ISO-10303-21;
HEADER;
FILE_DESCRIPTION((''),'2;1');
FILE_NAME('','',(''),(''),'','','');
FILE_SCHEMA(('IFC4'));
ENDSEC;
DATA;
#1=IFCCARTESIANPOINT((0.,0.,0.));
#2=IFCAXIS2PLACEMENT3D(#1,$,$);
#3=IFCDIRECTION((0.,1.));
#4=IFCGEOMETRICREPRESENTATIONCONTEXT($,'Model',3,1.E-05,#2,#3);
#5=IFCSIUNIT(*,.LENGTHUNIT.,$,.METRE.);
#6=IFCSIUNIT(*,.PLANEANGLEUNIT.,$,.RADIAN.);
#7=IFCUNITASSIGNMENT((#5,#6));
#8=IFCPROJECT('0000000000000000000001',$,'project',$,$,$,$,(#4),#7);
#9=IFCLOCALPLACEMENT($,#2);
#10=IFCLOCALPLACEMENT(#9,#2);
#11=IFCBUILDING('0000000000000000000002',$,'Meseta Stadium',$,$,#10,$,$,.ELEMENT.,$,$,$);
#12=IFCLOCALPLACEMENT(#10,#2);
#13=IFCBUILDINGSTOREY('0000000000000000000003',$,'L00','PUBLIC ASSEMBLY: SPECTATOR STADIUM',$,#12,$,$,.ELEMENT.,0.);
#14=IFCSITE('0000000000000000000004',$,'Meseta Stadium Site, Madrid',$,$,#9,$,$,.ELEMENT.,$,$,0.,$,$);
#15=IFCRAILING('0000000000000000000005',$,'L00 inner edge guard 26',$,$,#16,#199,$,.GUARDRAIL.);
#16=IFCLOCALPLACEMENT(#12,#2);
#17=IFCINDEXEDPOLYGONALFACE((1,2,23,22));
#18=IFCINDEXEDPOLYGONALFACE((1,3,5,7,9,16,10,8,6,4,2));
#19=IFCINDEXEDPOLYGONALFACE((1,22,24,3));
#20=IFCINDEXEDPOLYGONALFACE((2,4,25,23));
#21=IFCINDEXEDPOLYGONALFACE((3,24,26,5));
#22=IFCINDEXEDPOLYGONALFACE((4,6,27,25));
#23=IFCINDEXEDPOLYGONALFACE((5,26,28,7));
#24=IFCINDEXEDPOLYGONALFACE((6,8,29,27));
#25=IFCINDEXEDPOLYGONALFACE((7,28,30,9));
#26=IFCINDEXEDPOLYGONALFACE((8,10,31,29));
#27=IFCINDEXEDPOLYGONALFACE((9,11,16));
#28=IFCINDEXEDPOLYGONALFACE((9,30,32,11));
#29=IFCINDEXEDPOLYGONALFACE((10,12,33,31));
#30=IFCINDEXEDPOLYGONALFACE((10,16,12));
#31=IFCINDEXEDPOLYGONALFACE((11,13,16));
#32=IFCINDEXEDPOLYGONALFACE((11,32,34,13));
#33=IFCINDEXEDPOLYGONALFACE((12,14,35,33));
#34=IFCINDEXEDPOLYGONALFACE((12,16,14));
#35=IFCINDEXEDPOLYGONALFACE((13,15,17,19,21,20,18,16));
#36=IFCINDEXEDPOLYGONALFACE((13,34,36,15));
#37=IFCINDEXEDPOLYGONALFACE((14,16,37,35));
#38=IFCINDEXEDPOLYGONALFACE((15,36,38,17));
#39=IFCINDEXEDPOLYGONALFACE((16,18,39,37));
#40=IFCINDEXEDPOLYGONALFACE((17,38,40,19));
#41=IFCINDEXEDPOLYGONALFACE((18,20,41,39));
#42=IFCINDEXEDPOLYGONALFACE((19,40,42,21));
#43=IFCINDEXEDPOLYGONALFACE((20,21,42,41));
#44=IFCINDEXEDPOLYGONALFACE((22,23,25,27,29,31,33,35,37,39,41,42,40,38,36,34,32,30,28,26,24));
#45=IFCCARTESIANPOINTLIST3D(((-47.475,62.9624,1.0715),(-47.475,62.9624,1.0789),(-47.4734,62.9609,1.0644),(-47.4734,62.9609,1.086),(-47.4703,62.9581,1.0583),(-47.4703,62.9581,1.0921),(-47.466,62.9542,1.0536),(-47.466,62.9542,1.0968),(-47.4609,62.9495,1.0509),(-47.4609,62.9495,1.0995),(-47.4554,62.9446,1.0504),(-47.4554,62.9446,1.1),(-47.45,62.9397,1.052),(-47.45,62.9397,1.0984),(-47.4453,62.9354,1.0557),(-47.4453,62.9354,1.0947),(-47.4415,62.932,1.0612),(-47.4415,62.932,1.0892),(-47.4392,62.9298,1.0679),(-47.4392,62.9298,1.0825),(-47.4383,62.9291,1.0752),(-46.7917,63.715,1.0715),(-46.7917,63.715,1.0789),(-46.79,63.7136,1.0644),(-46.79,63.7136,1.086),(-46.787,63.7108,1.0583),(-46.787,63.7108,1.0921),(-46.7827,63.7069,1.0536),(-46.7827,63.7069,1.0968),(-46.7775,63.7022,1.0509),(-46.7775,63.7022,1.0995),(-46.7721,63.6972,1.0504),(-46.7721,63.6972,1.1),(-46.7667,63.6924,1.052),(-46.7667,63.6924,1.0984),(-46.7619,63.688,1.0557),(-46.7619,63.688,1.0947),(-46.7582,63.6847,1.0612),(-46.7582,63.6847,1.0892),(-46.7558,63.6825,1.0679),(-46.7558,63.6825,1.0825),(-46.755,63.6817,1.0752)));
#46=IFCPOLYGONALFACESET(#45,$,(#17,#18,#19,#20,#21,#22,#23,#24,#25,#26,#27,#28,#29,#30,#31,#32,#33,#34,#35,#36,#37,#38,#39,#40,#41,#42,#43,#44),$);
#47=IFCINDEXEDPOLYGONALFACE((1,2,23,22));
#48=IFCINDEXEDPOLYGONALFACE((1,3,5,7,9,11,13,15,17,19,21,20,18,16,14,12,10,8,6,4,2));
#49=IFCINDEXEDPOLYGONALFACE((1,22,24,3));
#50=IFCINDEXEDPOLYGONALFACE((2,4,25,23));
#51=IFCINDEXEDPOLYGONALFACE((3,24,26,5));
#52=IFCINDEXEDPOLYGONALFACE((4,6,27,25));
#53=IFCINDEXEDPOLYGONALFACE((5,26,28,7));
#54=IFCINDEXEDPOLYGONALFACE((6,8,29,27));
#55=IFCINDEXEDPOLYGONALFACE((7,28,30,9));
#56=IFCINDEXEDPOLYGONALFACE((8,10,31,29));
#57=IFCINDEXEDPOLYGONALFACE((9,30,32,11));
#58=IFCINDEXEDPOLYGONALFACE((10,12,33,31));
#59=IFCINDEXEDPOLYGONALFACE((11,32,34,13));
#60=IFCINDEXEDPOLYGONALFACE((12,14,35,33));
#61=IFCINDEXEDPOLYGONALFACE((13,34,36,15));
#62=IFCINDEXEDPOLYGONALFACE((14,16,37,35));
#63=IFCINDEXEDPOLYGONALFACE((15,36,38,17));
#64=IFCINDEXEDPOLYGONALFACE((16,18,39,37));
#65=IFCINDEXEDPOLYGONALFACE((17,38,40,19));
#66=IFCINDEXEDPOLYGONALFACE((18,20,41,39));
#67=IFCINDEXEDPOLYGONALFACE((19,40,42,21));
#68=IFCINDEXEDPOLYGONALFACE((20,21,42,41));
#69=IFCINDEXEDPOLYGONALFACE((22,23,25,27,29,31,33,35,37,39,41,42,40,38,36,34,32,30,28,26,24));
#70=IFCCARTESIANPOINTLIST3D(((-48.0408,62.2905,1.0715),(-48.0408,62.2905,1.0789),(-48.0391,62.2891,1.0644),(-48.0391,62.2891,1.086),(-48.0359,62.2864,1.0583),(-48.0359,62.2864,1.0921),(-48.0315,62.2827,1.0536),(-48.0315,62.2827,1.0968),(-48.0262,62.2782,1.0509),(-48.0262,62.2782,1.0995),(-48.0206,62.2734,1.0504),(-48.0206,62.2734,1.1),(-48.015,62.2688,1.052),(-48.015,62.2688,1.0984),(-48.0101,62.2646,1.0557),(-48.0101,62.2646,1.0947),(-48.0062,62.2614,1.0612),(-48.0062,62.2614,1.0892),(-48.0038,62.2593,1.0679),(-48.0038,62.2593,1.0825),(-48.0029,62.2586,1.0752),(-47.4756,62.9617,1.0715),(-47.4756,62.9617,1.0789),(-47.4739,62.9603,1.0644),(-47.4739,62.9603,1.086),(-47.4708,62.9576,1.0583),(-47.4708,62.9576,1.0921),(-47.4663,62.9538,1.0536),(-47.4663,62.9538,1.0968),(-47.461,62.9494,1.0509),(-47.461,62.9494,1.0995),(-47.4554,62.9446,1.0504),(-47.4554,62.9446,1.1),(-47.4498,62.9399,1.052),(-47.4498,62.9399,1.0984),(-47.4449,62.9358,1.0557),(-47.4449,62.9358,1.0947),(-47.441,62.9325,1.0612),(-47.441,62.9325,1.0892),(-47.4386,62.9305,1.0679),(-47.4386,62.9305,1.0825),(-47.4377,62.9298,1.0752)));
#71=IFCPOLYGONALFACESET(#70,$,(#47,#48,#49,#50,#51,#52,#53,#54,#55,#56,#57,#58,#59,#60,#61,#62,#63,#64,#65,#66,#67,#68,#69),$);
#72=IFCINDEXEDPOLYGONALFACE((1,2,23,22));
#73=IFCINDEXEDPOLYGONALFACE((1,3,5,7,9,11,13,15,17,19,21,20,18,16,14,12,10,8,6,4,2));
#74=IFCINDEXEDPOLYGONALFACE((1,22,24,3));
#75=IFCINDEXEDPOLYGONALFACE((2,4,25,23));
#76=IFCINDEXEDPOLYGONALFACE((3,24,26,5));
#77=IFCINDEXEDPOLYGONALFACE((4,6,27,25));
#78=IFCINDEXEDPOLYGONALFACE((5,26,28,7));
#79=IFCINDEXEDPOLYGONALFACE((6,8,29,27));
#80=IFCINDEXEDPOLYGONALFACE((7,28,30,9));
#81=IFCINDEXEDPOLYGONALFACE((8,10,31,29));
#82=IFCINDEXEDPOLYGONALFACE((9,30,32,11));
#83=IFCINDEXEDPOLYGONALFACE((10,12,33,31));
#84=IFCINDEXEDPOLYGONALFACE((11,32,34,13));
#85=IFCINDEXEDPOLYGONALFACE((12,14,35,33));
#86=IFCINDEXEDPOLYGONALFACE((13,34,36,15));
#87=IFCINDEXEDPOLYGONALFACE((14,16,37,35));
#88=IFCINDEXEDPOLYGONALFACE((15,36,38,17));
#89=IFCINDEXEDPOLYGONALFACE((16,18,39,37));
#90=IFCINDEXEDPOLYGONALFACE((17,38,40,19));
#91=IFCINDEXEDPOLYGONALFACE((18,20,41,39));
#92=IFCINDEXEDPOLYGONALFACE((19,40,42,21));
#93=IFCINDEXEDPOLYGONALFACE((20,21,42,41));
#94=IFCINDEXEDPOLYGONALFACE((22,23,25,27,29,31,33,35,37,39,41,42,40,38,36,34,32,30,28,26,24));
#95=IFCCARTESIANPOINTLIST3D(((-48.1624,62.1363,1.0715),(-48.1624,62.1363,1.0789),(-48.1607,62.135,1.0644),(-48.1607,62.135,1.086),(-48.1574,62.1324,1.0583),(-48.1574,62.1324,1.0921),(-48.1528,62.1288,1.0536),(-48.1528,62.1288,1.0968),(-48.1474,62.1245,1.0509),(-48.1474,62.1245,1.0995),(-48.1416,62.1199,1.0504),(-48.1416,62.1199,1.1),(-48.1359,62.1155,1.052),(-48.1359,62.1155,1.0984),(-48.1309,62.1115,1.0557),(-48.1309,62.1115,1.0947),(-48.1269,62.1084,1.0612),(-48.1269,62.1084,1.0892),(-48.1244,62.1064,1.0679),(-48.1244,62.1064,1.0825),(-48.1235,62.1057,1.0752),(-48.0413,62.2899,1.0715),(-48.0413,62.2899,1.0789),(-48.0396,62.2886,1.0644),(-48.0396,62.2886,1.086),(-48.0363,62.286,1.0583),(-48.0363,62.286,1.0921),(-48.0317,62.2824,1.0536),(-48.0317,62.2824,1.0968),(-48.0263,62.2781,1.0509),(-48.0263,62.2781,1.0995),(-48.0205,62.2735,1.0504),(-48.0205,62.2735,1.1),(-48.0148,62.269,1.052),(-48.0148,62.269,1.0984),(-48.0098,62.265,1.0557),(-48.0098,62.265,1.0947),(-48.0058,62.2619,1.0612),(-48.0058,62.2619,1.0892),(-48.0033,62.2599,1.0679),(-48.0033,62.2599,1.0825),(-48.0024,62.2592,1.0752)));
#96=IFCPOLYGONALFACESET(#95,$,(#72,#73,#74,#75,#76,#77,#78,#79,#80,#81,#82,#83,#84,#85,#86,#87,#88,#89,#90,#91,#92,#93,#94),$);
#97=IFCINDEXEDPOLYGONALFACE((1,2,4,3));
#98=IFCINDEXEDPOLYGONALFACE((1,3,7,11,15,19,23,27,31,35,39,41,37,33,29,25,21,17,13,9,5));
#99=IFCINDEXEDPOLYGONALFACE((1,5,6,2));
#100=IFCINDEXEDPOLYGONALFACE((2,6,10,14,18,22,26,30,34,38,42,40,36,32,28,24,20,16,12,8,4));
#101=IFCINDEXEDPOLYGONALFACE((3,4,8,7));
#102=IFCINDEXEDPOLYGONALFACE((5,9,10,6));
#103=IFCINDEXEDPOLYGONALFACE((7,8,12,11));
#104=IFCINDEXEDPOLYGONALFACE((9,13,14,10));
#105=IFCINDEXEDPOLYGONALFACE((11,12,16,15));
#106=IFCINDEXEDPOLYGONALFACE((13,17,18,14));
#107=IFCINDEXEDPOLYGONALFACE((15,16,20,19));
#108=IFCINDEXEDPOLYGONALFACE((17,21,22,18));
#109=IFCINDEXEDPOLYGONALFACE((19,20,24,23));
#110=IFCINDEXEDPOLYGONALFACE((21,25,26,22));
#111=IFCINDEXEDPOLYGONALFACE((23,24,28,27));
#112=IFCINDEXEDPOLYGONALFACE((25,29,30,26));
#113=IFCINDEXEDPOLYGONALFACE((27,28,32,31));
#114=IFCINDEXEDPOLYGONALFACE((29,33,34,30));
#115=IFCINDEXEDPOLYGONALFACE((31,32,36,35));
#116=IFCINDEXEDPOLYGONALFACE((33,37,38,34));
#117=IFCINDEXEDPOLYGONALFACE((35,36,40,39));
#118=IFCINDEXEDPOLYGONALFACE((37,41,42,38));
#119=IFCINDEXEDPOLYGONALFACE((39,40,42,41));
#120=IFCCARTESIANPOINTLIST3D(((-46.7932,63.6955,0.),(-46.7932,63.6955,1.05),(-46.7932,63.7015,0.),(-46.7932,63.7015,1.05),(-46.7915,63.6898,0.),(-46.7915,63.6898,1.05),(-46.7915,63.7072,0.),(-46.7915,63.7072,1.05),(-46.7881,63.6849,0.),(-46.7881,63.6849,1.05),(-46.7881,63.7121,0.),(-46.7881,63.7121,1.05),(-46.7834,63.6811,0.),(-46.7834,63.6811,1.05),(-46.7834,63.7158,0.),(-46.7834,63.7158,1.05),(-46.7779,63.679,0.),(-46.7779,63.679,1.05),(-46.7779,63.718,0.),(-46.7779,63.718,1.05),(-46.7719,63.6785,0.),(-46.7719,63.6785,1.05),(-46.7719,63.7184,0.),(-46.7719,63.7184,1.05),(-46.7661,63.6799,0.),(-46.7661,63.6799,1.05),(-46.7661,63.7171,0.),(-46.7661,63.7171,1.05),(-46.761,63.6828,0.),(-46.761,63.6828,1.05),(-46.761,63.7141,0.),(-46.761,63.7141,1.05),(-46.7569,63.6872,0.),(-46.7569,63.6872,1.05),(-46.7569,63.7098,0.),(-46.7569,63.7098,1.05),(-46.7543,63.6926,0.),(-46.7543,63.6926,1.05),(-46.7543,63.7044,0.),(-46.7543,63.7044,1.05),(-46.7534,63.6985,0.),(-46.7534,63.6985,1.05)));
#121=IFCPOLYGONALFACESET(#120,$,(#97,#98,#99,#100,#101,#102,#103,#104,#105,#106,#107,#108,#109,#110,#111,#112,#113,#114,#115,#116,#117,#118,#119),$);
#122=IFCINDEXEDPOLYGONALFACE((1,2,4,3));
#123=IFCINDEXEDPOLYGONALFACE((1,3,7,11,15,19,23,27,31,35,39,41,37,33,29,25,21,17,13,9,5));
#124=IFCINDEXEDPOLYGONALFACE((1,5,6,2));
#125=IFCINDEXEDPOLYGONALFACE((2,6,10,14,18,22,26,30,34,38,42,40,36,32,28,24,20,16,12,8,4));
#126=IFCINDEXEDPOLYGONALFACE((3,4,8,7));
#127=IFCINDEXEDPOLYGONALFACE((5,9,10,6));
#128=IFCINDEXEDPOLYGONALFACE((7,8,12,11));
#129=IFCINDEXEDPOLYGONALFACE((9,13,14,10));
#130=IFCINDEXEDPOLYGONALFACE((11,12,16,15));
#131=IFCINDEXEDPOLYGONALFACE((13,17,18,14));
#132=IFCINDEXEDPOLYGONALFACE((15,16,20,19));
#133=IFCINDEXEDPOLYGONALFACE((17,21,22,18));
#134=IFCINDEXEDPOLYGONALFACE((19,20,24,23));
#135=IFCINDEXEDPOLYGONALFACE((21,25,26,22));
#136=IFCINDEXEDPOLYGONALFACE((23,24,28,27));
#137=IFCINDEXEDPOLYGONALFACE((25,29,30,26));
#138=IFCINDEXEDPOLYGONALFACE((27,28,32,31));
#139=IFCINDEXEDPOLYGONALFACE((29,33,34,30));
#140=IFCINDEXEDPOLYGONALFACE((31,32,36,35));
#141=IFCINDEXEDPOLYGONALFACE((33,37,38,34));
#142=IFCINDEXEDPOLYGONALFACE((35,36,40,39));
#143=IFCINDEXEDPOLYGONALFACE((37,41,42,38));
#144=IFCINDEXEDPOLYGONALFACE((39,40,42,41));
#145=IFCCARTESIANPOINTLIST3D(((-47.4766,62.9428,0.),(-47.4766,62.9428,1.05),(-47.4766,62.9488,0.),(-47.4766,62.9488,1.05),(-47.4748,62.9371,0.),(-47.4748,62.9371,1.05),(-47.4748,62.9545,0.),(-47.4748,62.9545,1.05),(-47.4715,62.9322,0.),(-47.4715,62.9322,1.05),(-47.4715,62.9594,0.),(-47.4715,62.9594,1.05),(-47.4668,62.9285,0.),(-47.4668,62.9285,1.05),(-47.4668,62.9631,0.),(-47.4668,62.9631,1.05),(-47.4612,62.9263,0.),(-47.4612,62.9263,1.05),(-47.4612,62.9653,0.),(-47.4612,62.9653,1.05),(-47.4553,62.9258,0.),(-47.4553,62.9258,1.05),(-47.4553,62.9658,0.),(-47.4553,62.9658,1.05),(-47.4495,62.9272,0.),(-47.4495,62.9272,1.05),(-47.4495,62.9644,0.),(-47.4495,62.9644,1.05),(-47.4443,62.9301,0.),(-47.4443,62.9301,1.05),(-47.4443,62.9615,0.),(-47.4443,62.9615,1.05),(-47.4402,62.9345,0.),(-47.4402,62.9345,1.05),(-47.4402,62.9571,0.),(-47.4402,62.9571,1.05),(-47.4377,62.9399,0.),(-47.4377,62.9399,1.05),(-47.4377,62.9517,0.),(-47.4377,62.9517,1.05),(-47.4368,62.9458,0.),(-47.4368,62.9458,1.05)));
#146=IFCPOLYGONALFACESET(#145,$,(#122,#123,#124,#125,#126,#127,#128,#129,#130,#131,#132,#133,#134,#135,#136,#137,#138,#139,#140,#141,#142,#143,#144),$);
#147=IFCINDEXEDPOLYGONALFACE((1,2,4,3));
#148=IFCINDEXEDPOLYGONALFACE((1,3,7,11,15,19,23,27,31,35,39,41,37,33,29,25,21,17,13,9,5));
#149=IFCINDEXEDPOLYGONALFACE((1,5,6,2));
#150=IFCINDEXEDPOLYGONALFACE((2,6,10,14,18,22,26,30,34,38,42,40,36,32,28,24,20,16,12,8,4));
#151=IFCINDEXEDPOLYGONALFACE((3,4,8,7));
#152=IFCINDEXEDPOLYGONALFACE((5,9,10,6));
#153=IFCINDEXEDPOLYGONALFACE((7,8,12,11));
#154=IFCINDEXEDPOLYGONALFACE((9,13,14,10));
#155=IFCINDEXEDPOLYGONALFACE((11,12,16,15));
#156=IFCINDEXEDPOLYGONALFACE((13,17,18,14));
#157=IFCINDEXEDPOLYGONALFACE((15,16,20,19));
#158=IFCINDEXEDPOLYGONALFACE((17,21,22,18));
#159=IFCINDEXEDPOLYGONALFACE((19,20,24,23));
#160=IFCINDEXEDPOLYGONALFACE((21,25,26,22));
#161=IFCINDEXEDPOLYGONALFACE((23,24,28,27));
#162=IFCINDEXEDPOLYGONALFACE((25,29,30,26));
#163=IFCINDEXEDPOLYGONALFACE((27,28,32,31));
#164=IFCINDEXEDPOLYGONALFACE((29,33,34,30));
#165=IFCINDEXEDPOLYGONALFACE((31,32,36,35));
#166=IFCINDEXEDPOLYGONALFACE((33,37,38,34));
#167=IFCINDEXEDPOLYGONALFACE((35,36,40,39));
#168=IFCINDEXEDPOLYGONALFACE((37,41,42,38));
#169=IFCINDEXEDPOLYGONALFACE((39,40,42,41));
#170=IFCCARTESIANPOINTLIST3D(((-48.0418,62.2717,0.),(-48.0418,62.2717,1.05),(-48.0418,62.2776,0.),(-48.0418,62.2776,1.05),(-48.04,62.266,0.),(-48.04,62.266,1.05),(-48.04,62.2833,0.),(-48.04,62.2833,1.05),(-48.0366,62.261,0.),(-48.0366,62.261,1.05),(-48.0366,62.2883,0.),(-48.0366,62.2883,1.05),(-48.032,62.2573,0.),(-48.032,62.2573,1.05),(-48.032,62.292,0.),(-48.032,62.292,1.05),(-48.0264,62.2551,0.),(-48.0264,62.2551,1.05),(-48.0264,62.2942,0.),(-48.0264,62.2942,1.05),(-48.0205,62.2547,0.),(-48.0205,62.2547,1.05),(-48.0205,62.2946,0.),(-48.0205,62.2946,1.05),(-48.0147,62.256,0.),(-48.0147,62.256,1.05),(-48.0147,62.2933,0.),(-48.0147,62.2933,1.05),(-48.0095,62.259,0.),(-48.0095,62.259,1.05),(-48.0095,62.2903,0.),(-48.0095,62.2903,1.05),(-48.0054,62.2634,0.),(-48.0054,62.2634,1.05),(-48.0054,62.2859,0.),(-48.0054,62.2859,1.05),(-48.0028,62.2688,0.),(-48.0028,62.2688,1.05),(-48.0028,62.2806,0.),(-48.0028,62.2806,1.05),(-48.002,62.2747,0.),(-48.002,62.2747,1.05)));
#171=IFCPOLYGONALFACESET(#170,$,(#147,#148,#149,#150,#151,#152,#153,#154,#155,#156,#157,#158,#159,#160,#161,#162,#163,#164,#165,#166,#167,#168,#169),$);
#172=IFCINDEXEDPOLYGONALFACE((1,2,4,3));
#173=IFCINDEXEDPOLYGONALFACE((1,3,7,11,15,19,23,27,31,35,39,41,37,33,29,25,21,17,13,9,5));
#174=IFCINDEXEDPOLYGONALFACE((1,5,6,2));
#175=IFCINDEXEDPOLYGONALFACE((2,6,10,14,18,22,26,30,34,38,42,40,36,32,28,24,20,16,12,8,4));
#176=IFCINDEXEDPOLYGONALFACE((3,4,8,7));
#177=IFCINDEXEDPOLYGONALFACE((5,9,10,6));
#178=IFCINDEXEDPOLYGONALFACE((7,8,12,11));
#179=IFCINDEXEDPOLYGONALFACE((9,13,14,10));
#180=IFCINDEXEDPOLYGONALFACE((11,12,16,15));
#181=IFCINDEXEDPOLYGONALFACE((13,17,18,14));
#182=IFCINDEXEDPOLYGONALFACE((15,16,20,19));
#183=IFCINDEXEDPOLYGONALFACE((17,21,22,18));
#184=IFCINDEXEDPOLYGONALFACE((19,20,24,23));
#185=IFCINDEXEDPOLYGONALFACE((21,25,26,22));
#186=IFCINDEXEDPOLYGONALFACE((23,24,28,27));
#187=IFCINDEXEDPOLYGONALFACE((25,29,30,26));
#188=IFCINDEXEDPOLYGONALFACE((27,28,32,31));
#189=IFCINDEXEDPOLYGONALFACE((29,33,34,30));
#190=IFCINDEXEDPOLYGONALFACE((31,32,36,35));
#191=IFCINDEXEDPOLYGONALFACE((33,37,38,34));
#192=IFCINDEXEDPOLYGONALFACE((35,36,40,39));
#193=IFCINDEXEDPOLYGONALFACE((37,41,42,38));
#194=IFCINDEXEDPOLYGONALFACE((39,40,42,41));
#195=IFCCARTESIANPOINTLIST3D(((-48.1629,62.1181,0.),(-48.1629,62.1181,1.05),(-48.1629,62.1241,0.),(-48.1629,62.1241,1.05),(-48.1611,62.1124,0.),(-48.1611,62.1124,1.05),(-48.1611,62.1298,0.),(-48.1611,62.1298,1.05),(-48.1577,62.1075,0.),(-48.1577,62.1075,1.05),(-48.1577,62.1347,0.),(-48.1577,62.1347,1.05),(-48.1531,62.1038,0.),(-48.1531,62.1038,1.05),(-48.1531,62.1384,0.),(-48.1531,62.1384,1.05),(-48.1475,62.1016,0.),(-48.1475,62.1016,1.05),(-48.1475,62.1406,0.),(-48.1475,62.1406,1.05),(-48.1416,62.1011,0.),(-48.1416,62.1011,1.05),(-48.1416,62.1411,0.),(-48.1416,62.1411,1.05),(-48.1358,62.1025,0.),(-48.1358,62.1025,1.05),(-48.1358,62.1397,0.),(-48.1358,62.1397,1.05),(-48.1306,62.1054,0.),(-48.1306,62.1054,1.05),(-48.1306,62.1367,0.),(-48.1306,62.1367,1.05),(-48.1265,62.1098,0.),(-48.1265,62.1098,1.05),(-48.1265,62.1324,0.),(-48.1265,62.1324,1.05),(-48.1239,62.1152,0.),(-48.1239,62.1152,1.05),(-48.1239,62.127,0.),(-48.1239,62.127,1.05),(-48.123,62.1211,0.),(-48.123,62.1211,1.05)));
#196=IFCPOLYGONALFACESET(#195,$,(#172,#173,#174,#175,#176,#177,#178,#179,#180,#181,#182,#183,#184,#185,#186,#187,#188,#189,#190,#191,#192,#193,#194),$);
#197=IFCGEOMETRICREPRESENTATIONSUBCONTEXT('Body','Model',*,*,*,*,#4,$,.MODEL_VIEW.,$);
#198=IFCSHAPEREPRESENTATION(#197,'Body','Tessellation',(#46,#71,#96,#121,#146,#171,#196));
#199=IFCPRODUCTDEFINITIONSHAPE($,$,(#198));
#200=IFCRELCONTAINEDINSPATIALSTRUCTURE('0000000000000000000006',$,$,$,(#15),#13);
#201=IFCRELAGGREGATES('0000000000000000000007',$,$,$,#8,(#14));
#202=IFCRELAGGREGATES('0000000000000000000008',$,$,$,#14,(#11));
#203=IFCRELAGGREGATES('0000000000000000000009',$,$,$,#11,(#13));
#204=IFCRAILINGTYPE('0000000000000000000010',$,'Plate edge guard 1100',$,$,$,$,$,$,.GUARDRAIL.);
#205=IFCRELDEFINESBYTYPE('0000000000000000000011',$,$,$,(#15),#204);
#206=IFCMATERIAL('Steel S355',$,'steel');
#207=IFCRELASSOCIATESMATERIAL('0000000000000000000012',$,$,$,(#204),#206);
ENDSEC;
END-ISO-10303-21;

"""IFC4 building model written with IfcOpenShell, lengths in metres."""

from ifc_helpers import new_model, si_unit, direction, frame, origin, origin_2d, place, context, subcontext, project, spatial, circle, extrude, material, type_object, element, save


model = new_model("IFC4")

# Units and contexts
model_context = context("Model", 3, precision=1e-05, world=origin(), true_north=direction((0.0, 1.0)))
body_context = subcontext(model_context, "Body", "Model", "MODEL_VIEW")
ifc_project = project(units=[si_unit("LENGTHUNIT", "METRE"), si_unit("PLANEANGLEUNIT", "RADIAN")], contexts=[model_context])

# Site, building, storey
site_placement = place(None, origin())
site = spatial("IfcSite", under=ifc_project, at=site_placement, Name="Meseta Stadium Site, Madrid", CompositionType="ELEMENT", RefElevation=0.0)
building_placement = place(site_placement, origin())
building = spatial("IfcBuilding", under=site, at=building_placement, Name="Meseta Stadium", CompositionType="ELEMENT")
storey_placement = place(building_placement, origin())
storey = spatial("IfcBuildingStorey", under=building, at=storey_placement, Name="L00", Description="PUBLIC ASSEMBLY: SPECTATOR STADIUM", CompositionType="ELEMENT", Elevation=0.0)

# Railing
ifc_material_1 = material(Name="Steel S355", Category="steel")
railing_type_1 = type_object("IfcRailingType", Name="Plate edge guard 1100", PredefinedType="GUARDRAIL", material=ifc_material_1)
railing_1_placement = place(storey_placement, frame((-46.7734, 63.6985, 0.0)))
element("IfcRailing", 1, at=railing_1_placement, inside=storey, type_object=railing_type_1, Name="L00 inner edge guard 26", PredefinedType="GUARDRAIL", context=body_context, shape_type="SweptSolid", body=[
    extrude(circle(Radius=0.0249, at=origin_2d()), frame((0.0, 0.0, 1.0752), z_axis=(-0.672183, -0.740385, 0.0), x_axis=(0.740385, -0.672183, 0.0)), (0.0, 0.0, 1.0), 1.0166),
    extrude(circle(Radius=0.0249, at=origin_2d()), frame((-0.6833, -0.7527, 1.0752), z_axis=(-0.644144, -0.764904, 0.0), x_axis=(0.764904, -0.644144, 0.0)), (0.0, 0.0, 1.0), 0.8774),
    extrude(circle(Radius=0.0249, at=origin_2d()), frame((-1.2485, -1.4238, 1.0752), z_axis=(-0.619199, -0.785234, 0.0), x_axis=(0.785234, -0.619199, 0.0)), (0.0, 0.0, 1.0), 0.1956),
    extrude(circle(Radius=0.02, at=origin_2d()), origin(), (0.0, 0.0, 1.0), 1.05),
    extrude(circle(Radius=0.02, at=origin_2d()), frame((-0.6833, -0.7527, 0.0)), (0.0, 0.0, 1.0), 1.05),
    extrude(circle(Radius=0.02, at=origin_2d()), frame((-1.2485, -1.4238, 0.0)), (0.0, 0.0, 1.0), 1.05),
    extrude(circle(Radius=0.02, at=origin_2d()), frame((-1.3696, -1.5774, 0.0)), (0.0, 0.0, 1.0), 1.05),
])

save(model, "model.ifc")
